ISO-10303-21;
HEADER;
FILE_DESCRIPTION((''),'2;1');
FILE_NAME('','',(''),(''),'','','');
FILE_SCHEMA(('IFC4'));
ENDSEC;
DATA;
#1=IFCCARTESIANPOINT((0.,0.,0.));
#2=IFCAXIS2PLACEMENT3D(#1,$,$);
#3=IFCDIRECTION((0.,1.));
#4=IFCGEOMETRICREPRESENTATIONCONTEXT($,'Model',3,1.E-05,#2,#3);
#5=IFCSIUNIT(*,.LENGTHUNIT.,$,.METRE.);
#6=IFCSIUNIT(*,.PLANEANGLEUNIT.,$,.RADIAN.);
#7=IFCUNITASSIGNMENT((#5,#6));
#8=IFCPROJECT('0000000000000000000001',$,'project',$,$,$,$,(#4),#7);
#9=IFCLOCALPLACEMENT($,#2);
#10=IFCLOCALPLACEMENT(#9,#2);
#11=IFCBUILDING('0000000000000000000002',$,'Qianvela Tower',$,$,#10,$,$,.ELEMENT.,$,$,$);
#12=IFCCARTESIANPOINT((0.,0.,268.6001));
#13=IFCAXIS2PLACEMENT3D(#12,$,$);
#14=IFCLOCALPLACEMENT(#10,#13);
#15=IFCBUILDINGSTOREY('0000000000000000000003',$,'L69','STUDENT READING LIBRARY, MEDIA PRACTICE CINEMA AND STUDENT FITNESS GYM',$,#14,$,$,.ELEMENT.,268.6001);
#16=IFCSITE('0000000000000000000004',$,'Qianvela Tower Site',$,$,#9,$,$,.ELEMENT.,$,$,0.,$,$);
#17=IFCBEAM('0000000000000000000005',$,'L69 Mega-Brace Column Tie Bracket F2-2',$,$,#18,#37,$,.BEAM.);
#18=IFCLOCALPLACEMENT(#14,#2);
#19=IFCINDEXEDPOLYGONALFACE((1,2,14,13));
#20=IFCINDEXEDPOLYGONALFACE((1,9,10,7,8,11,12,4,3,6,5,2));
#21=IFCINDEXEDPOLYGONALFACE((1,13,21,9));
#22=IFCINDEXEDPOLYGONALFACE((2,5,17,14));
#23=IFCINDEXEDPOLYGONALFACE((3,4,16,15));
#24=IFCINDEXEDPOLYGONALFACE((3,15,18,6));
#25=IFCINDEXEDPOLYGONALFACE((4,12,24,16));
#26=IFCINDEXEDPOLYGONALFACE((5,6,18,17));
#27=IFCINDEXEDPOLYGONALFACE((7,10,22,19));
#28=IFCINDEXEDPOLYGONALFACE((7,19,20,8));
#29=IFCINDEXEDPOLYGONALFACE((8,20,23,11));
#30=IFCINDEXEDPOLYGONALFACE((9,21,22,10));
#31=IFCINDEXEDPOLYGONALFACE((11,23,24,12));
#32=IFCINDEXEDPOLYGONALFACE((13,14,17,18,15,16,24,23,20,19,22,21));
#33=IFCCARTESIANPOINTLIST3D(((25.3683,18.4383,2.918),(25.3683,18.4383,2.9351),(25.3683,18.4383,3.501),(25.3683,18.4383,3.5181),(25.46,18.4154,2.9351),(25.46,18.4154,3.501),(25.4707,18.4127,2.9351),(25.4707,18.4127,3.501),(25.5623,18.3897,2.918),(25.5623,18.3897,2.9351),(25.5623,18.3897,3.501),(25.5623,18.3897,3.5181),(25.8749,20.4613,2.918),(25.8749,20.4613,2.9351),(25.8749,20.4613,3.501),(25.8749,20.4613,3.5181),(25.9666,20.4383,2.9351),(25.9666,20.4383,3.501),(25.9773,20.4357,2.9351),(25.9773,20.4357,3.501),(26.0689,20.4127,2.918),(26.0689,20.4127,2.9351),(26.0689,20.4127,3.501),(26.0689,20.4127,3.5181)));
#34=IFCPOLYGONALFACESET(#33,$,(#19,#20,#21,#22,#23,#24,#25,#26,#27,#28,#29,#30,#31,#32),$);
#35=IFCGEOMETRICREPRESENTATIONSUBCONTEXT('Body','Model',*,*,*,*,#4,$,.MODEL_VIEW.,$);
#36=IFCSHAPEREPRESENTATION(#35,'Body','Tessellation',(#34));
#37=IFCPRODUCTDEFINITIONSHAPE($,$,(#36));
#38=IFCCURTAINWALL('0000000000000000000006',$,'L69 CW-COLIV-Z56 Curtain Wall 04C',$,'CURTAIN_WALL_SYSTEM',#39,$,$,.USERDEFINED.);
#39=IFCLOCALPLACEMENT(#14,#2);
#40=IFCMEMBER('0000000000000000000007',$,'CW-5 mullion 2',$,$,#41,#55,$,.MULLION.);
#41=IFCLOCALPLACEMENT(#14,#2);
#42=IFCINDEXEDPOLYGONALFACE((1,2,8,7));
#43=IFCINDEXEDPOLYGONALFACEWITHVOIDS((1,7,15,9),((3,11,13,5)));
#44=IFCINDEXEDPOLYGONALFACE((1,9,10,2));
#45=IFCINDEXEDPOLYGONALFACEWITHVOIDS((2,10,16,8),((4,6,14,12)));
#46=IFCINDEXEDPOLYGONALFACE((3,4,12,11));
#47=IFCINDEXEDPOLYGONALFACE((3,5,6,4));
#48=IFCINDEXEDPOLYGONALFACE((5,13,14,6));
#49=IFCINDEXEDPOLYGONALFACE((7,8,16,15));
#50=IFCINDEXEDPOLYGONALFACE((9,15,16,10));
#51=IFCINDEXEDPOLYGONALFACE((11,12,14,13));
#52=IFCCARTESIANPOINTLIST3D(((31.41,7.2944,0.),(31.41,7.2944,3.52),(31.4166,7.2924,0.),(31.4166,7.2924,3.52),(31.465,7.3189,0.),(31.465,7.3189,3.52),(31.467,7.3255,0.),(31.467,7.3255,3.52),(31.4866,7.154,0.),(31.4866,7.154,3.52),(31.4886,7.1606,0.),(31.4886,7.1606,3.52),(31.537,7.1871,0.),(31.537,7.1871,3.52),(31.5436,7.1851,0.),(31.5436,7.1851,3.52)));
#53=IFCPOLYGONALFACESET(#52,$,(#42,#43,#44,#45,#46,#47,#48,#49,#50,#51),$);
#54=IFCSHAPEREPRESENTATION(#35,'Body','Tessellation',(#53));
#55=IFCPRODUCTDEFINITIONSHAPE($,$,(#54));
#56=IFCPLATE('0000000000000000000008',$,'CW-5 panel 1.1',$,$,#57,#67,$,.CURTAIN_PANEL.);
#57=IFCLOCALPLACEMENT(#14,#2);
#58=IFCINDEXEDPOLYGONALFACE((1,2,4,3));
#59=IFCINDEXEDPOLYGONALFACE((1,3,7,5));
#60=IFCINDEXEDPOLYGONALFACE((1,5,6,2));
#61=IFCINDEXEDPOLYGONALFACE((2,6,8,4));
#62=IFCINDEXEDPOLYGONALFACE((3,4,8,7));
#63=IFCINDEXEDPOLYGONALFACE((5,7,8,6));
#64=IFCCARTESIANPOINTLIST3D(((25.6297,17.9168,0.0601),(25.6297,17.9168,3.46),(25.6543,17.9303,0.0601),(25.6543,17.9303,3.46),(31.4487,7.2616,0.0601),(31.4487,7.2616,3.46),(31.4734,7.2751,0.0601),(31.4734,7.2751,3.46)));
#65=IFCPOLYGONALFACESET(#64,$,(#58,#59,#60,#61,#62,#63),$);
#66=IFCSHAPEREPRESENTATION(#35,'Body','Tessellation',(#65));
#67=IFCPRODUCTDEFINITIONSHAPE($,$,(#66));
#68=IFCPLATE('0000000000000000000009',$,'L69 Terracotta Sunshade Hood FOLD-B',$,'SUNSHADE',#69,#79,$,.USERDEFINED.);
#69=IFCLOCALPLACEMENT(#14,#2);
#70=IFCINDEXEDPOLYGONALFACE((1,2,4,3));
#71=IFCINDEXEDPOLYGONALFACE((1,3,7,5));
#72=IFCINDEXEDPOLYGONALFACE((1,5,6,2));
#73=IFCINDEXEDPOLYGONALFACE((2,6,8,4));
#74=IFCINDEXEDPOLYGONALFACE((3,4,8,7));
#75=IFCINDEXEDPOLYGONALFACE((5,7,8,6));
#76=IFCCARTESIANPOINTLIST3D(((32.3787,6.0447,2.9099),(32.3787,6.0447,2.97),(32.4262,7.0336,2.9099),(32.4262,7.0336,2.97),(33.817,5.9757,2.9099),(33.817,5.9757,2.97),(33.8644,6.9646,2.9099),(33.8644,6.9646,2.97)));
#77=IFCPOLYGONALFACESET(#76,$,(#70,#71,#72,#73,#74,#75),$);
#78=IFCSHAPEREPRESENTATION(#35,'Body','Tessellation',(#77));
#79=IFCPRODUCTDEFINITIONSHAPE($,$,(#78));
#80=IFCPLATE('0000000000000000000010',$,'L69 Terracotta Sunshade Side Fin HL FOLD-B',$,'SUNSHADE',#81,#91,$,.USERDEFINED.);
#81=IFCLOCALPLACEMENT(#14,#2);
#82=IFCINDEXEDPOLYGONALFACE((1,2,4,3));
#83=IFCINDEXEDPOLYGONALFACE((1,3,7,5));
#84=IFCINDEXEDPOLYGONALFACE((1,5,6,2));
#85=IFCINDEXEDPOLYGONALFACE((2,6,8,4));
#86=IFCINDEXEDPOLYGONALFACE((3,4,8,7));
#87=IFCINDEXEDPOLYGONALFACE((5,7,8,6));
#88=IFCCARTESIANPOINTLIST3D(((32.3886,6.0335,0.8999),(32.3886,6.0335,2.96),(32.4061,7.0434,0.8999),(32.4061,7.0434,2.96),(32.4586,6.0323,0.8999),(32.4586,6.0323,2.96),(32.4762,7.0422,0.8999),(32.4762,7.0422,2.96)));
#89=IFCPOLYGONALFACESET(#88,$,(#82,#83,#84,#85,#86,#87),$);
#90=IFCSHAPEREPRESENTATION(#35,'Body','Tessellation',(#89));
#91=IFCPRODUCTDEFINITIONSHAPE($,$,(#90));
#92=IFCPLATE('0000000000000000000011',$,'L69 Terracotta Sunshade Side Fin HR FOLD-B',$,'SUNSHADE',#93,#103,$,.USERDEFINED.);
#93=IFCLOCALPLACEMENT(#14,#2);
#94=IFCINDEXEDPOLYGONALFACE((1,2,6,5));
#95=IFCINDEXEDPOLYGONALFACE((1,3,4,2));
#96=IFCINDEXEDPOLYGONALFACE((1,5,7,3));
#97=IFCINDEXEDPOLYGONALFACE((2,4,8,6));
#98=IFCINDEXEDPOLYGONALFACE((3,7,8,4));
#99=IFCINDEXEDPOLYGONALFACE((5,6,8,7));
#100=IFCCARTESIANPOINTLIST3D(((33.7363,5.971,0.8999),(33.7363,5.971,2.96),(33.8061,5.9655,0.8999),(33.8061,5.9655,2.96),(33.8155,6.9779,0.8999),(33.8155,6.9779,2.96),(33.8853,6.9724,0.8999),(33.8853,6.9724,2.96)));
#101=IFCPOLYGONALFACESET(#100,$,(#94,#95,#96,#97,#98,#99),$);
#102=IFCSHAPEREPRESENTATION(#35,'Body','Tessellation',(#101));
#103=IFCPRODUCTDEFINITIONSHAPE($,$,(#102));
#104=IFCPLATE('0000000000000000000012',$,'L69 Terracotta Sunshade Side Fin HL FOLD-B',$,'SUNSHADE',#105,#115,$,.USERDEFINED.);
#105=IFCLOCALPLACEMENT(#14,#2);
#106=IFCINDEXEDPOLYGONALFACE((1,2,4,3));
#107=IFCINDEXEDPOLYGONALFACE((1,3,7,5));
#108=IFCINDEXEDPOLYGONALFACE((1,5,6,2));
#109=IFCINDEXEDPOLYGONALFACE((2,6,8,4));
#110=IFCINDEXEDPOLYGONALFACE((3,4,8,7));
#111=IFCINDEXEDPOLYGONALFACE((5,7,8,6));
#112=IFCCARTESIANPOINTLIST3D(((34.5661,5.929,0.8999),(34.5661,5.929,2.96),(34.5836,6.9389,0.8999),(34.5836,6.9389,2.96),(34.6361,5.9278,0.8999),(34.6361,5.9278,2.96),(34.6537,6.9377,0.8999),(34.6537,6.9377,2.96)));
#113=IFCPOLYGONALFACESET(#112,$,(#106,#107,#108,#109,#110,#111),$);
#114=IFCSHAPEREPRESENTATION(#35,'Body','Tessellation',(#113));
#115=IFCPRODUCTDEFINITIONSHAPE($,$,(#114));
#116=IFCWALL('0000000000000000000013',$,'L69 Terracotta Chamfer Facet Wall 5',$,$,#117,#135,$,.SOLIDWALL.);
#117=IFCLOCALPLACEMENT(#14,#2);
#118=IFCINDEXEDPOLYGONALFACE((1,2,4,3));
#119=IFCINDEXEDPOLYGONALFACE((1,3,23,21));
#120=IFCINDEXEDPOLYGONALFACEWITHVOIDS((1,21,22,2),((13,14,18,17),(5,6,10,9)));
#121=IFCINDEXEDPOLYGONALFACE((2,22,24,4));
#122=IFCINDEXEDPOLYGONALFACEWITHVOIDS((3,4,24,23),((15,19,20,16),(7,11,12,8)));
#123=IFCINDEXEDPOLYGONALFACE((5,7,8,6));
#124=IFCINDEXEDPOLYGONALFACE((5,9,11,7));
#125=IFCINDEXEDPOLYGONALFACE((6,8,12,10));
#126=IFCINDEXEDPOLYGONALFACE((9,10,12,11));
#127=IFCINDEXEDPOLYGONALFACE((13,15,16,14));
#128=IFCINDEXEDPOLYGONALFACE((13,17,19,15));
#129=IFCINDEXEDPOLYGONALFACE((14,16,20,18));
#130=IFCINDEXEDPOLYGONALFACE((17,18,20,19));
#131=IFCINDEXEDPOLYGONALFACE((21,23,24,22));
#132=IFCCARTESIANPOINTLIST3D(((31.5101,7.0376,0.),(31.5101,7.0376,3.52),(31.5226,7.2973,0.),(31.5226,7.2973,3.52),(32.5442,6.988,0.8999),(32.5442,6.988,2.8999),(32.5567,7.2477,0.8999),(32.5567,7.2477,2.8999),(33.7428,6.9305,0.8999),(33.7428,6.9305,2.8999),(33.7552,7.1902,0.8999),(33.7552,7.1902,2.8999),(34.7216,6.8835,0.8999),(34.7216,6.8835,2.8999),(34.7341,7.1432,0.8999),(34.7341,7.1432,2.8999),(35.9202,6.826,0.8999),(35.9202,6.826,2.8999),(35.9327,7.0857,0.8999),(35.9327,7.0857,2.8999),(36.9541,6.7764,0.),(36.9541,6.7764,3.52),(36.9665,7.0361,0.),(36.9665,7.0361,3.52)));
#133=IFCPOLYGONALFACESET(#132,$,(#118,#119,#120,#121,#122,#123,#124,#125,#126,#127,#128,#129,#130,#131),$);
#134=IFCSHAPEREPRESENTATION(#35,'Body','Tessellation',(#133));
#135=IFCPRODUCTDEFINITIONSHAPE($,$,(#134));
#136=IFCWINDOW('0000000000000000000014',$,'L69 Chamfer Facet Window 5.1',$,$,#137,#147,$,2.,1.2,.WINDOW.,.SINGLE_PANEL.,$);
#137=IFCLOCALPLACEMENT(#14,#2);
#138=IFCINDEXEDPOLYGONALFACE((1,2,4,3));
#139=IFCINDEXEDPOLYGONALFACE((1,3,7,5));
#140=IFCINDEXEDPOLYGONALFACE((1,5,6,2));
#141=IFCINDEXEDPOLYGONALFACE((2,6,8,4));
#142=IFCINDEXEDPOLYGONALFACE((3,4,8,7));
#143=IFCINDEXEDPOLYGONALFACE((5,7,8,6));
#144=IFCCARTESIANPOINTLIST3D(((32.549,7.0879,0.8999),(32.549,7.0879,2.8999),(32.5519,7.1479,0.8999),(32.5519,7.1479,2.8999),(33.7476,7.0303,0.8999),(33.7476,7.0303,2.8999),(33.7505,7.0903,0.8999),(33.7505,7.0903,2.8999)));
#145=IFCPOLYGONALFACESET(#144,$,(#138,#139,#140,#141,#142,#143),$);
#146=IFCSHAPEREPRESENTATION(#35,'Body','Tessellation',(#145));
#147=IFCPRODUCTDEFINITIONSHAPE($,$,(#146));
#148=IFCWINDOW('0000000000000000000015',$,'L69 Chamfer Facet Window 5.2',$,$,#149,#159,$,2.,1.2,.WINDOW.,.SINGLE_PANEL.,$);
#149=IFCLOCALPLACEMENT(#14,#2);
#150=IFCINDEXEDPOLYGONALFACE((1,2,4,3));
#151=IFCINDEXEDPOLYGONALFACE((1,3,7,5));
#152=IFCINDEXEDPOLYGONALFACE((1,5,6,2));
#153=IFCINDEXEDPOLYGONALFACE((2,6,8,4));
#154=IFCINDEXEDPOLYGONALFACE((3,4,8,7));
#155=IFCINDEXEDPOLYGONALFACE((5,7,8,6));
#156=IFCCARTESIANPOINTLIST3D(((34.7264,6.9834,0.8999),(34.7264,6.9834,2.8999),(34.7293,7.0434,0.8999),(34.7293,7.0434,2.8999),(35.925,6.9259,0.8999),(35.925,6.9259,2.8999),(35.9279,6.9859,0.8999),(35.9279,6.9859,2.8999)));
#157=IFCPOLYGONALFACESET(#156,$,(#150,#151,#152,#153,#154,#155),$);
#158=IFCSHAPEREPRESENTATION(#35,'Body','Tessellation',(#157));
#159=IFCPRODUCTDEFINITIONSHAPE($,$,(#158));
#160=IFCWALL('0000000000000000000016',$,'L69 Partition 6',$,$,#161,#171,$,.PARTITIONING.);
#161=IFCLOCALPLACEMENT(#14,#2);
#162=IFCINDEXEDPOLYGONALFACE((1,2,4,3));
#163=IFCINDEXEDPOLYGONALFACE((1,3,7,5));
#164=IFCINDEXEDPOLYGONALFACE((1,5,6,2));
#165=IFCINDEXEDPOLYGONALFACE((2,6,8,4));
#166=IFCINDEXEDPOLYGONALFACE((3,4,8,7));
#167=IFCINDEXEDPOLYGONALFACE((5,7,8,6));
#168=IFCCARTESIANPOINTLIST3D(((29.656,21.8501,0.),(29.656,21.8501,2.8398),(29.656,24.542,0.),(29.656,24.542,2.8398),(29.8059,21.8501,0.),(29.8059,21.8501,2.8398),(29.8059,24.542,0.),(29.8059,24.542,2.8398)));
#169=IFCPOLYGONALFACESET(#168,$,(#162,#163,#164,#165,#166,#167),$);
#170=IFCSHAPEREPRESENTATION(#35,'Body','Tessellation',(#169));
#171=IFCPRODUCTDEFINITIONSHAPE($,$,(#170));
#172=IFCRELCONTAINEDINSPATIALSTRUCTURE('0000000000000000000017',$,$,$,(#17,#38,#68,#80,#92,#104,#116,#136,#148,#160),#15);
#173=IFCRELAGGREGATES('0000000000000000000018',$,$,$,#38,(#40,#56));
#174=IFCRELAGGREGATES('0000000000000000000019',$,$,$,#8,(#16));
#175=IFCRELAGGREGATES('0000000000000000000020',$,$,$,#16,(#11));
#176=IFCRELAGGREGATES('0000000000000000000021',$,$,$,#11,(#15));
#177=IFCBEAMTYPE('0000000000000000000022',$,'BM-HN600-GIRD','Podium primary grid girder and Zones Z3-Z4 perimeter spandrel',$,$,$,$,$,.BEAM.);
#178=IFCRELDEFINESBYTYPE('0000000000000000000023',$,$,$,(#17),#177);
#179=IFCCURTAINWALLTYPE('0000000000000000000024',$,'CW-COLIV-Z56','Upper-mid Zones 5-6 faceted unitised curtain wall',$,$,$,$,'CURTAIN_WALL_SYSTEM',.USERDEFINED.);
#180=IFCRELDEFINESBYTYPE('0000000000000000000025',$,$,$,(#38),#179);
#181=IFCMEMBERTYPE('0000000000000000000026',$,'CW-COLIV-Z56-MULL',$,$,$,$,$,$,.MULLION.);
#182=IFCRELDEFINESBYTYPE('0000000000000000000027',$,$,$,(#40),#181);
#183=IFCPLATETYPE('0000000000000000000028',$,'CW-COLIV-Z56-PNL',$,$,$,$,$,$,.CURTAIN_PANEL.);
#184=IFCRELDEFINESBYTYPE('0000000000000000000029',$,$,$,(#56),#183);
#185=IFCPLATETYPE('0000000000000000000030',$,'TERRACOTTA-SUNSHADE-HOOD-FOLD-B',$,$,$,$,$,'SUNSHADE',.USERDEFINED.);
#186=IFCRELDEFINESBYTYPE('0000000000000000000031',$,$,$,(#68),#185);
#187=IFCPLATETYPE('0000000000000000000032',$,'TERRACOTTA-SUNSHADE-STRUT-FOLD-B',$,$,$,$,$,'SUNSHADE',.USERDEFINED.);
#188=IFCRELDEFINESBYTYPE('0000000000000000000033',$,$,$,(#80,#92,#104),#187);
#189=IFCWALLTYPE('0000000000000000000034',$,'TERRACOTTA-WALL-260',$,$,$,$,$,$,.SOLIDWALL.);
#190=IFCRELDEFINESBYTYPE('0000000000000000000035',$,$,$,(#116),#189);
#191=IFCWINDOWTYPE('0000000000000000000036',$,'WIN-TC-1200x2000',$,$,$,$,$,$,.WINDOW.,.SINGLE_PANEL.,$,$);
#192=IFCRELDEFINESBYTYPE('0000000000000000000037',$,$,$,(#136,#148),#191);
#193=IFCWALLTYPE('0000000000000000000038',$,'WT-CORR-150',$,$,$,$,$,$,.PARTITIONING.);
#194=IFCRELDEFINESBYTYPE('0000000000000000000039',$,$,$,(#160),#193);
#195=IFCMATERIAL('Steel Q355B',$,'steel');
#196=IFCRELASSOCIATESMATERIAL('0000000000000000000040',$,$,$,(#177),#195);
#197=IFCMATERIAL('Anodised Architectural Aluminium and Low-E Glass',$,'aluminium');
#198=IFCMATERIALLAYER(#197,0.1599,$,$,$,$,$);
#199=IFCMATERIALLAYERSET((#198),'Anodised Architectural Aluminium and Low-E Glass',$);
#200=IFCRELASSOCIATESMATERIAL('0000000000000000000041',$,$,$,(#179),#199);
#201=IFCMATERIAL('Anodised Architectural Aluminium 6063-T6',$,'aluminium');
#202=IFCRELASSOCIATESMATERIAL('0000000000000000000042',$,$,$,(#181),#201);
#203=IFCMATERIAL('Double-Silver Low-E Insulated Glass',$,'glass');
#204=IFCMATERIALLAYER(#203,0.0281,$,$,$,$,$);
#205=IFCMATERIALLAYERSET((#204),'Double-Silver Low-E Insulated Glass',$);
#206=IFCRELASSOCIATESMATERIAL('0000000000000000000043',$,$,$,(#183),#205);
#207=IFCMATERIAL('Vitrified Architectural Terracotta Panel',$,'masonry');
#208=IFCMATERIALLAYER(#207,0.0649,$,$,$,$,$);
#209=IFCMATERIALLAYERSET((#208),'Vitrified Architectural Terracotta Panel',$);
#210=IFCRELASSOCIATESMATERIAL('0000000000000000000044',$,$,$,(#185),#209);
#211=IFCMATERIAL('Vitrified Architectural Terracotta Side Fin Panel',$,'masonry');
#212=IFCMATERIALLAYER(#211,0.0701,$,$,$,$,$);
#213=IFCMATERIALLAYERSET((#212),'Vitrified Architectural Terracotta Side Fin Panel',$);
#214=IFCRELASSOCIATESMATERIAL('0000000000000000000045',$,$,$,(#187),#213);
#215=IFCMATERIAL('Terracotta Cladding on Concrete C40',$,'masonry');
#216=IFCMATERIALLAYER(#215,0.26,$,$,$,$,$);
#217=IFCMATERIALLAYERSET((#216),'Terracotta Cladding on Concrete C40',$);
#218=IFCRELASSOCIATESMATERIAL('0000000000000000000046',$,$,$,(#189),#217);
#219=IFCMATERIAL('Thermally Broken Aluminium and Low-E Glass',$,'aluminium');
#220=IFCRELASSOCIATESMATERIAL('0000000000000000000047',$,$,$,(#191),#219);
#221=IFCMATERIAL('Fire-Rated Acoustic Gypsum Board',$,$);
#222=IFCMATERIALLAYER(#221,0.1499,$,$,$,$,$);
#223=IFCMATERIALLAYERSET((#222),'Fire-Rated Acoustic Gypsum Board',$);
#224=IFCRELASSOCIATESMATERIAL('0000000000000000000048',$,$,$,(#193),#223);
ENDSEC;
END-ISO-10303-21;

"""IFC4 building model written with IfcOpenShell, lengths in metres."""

from ifc_helpers import new_model, si_unit, direction, frame, frame_2d, origin, origin_2d, place, context, subcontext, project, spatial, rectangle, hollow_rectangle, i_section, extrude, material, layer, layer_set, material_profile, profile_set, type_object, element, fill, aggregate, save


model = new_model("IFC4")

# Units and contexts
model_context = context("Model", 3, precision=1e-05, world=origin(), true_north=direction((0.0, 1.0)))
body_context = subcontext(model_context, "Body", "Model", "MODEL_VIEW")
ifc_project = project(units=[si_unit("LENGTHUNIT", "METRE"), si_unit("PLANEANGLEUNIT", "RADIAN")], contexts=[model_context])

# Site, building, storey
site_placement = place(None, origin())
site = spatial("IfcSite", under=ifc_project, at=site_placement, Name="Qianvela Tower Site", CompositionType="ELEMENT", RefElevation=0.0)
building_placement = place(site_placement, origin())
building = spatial("IfcBuilding", under=site, at=building_placement, Name="Qianvela Tower", CompositionType="ELEMENT")
storey_placement = place(building_placement, frame((0.0, 0.0, 268.6001)))
storey = spatial("IfcBuildingStorey", under=building, at=storey_placement, Name="L69", Description="STUDENT READING LIBRARY, MEDIA PRACTICE CINEMA AND STUDENT FITNESS GYM", CompositionType="ELEMENT", Elevation=268.6001)

# Beam
ifc_material_1 = material(Name="Steel Q355B", Category="steel")
ifc_material_profile_1 = material_profile(ifc_material_1, i_section(OverallWidth=0.2, OverallDepth=0.6001, WebThickness=0.011, FlangeThickness=0.0171, at=origin_2d()), Name="HN600x200x11x17")
ifc_profile_set_1 = profile_set([ifc_material_profile_1], Name="Steel Q355B")
beam_type_1 = type_object("IfcBeamType", Name="BM-HN600-GIRD", Description="Podium primary grid girder and Zones Z3-Z4 perimeter spandrel", PredefinedType="BEAM", material=ifc_profile_set_1)
beam_1_placement = place(storey_placement, frame((25.9719, 20.437, 3.218), z_axis=(-0.242921, -0.970046, 0.0), x_axis=(0.970046, -0.242921, 0.0)))
element("IfcBeam", 1, at=beam_1_placement, inside=storey, type_object=beam_type_1, Name="L69 Mega-Brace Column Tie Bracket F2-2", PredefinedType="BEAM", context=body_context, shape_type="SweptSolid", body=[
    extrude(i_section(OverallWidth=0.2, OverallDepth=0.6001, WebThickness=0.011, FlangeThickness=0.0171, at=origin_2d()), origin(), (0.0, 0.0, 1.0), 2.0854),
])

# Curtain wall, member, plate
ifc_material_2 = material(Name="Anodised Architectural Aluminium and Low-E Glass", Category="aluminium")
ifc_layer_1 = layer(ifc_material_2, 0.1599)
ifc_layer_set_1 = layer_set([ifc_layer_1], Name="Anodised Architectural Aluminium and Low-E Glass")
curtain_wall_type = type_object("IfcCurtainWallType", Name="CW-COLIV-Z56", Description="Upper-mid Zones 5-6 faceted unitised curtain wall", ElementType="CURTAIN_WALL_SYSTEM", PredefinedType="USERDEFINED", material=ifc_layer_set_1)
curtain_wall_placement = place(storey_placement, origin())
curtain_wall = element("IfcCurtainWall", 2, at=curtain_wall_placement, inside=storey, type_object=curtain_wall_type, Name="L69 CW-COLIV-Z56 Curtain Wall 04C", ObjectType="CURTAIN_WALL_SYSTEM", PredefinedType="USERDEFINED")
ifc_material_3 = material(Name="Anodised Architectural Aluminium 6063-T6", Category="aluminium")
ifc_material_profile_2 = material_profile(ifc_material_3, hollow_rectangle(XDim=0.0649, YDim=0.1599, WallThickness=0.0049, at=origin_2d()), Name="ALU-MULL-65x160")
ifc_profile_set_2 = profile_set([ifc_material_profile_2], Name="Anodised Architectural Aluminium 6063-T6")
member_type = type_object("IfcMemberType", Name="CW-COLIV-Z56-MULL", PredefinedType="MULLION", material=ifc_profile_set_2)
member_placement = place(storey_placement, frame((31.4768, 7.2397, 0.0), z_axis=(0.0, 0.0, 1.0), x_axis=(0.877649, 0.479303, 0.0)))
member = element("IfcMember", 3, at=member_placement, type_object=member_type, Name="CW-5 mullion 2", PredefinedType="MULLION", context=body_context, shape_type="SweptSolid", body=[
    extrude(hollow_rectangle(XDim=0.0649, YDim=0.1599, WallThickness=0.0049, at=origin_2d()), origin(), (0.0, 0.0, 1.0), 3.52),
])
ifc_material_4 = material(Name="Double-Silver Low-E Insulated Glass", Category="glass")
ifc_layer_2 = layer(ifc_material_4, 0.0281)
ifc_layer_set_2 = layer_set([ifc_layer_2], Name="Double-Silver Low-E Insulated Glass")
plate_type_1 = type_object("IfcPlateType", Name="CW-COLIV-Z56-PNL", PredefinedType="CURTAIN_PANEL", material=ifc_layer_set_2)
plate_1_placement = place(storey_placement, frame((28.5515, 12.5959, 0.0601), z_axis=(0.0, 0.0, 1.0), x_axis=(0.479303, -0.877649, 0.0)))
plate_1 = element("IfcPlate", 4, at=plate_1_placement, type_object=plate_type_1, Name="CW-5 panel 1.1", PredefinedType="CURTAIN_PANEL", context=body_context, shape_type="SweptSolid", body=[
    extrude(rectangle(XDim=12.1406, YDim=0.0281, at=origin_2d()), origin(), (0.0, 0.0, 1.0), 3.3999),
])
aggregate(curtain_wall, [member, plate_1])

# Plates
ifc_material_5 = material(Name="Vitrified Architectural Terracotta Panel", Category="masonry")
ifc_layer_3 = layer(ifc_material_5, 0.0649)
ifc_layer_set_3 = layer_set([ifc_layer_3], Name="Vitrified Architectural Terracotta Panel")
plate_type_2 = type_object("IfcPlateType", Name="TERRACOTTA-SUNSHADE-HOOD-FOLD-B", ElementType="SUNSHADE", PredefinedType="USERDEFINED", material=ifc_layer_set_3)
plate_2_placement = place(storey_placement, frame((33.1216, 6.5046, 2.9099), z_axis=(0.0, 0.0, 1.0), x_axis=(0.998852, -0.047907, 0.0)))
element("IfcPlate", 5, at=plate_2_placement, inside=storey, type_object=plate_type_2, Name="L69 Terracotta Sunshade Hood FOLD-B", ObjectType="SUNSHADE", PredefinedType="USERDEFINED", context=body_context, shape_type="SweptSolid", body=[
    extrude(rectangle(XDim=1.4399, YDim=0.99, at=origin_2d()), origin(), (0.0, 0.0, 1.0), 0.0601),
])
ifc_material_6 = material(Name="Vitrified Architectural Terracotta Side Fin Panel", Category="masonry")
ifc_layer_4 = layer(ifc_material_6, 0.0701)
ifc_layer_set_4 = layer_set([ifc_layer_4], Name="Vitrified Architectural Terracotta Side Fin Panel")
plate_type_3 = type_object("IfcPlateType", Name="TERRACOTTA-SUNSHADE-STRUT-FOLD-B", ElementType="SUNSHADE", PredefinedType="USERDEFINED", material=ifc_layer_set_4)
for number, where, z_axis, x_axis, name in (
    (6, (32.4324, 6.5378, 0.8999), (0.0, 0.0, 1.0), (0.999849, -0.017381, 0.0), "L69 Terracotta Sunshade Side Fin HL FOLD-B"),
    (7, (33.8108, 6.4717, 0.8999), (0.0, 0.0, 1.0), (0.996923, -0.078388, 0.0), "L69 Terracotta Sunshade Side Fin HR FOLD-B"),
    (8, (34.6099, 6.4333, 0.8999), (0.0, 0.0, 1.0), (0.999849, -0.017381, 0.0), "L69 Terracotta Sunshade Side Fin HL FOLD-B"),
):
    element("IfcPlate", number, at=place(storey_placement, frame(where, z_axis=z_axis, x_axis=x_axis)), inside=storey, type_object=plate_type_3, Name=name, ObjectType="SUNSHADE", PredefinedType="USERDEFINED", context=body_context, shape_type="SweptSolid", body=[
        extrude(rectangle(XDim=0.0701, YDim=1.01, at=origin_2d()), origin(), (0.0, 0.0, 1.0), 2.0601),
    ])

# Wall, openings, windows
ifc_material_7 = material(Name="Terracotta Cladding on Concrete C40", Category="masonry")
ifc_layer_5 = layer(ifc_material_7, 0.26)
ifc_layer_set_5 = layer_set([ifc_layer_5], Name="Terracotta Cladding on Concrete C40")
wall_type_1 = type_object("IfcWallType", Name="TERRACOTTA-WALL-260", PredefinedType="SOLIDWALL", material=ifc_layer_set_5)
wall_1_placement = place(storey_placement, frame((31.5164, 7.1675, 0.0), z_axis=(0.0, 0.0, 1.0), x_axis=(0.998851, -0.047931, 0.0)))
wall_1 = element("IfcWall", 9, at=wall_1_placement, inside=storey, type_object=wall_type_1, Name="L69 Terracotta Chamfer Facet Wall 5", PredefinedType="SOLIDWALL", context=body_context, shape_type="SweptSolid", body=[
    extrude(rectangle(XDim=5.4502, YDim=0.26, at=frame_2d((2.7251, 0.0))), origin(), (0.0, 0.0, 1.0), 3.52),
])
opening_1_placement = place(wall_1_placement, frame((1.0352, 0.0, 0.8999)))
opening_1 = element("IfcOpeningElement", 10, at=opening_1_placement, cuts=wall_1, PredefinedType="OPENING", context=body_context, shape_type="SweptSolid", body=[
    extrude(rectangle(XDim=1.2, YDim=2.0, at=frame_2d((0.6001, 1.0))), frame((0.0, 0.1399, 0.0), z_axis=(0.0, -1.0, 0.0), x_axis=(1.0, 0.0, 0.0)), (0.0, 0.0, 1.0), 0.28),
])
opening_2_placement = place(wall_1_placement, frame((3.2151, 0.0, 0.8999)))
opening_2 = element("IfcOpeningElement", 11, at=opening_2_placement, cuts=wall_1, PredefinedType="OPENING", context=body_context, shape_type="SweptSolid", body=[
    extrude(rectangle(XDim=1.2, YDim=2.0, at=frame_2d((0.6001, 1.0))), frame((0.0, 0.1399, 0.0), z_axis=(0.0, -1.0, 0.0), x_axis=(1.0, 0.0, 0.0)), (0.0, 0.0, 1.0), 0.28),
])
ifc_material_8 = material(Name="Thermally Broken Aluminium and Low-E Glass", Category="aluminium")
window_type = type_object("IfcWindowType", Name="WIN-TC-1200x2000", PartitioningType="SINGLE_PANEL", PredefinedType="WINDOW", material=ifc_material_8)
window_1_placement = place(opening_1_placement, origin())
window_1 = element("IfcWindow", 12, at=window_1_placement, inside=storey, type_object=window_type, Name="L69 Chamfer Facet Window 5.1", OverallHeight=2.0, OverallWidth=1.2, PartitioningType="SINGLE_PANEL", PredefinedType="WINDOW", context=body_context, shape_type="SweptSolid", body=[
    extrude(rectangle(XDim=1.2, YDim=2.0, at=frame_2d((0.6001, 1.0))), frame((0.0, 0.03, 0.0), z_axis=(0.0, -1.0, 0.0), x_axis=(1.0, 0.0, 0.0)), (0.0, 0.0, 1.0), 0.0601),
])
fill(opening_1, window_1)
window_2_placement = place(opening_2_placement, origin())
window_2 = element("IfcWindow", 13, at=window_2_placement, inside=storey, type_object=window_type, Name="L69 Chamfer Facet Window 5.2", OverallHeight=2.0, OverallWidth=1.2, PartitioningType="SINGLE_PANEL", PredefinedType="WINDOW", context=body_context, shape_type="SweptSolid", body=[
    extrude(rectangle(XDim=1.2, YDim=2.0, at=frame_2d((0.6001, 1.0))), frame((0.0, 0.03, 0.0), z_axis=(0.0, -1.0, 0.0), x_axis=(1.0, 0.0, 0.0)), (0.0, 0.0, 1.0), 0.0601),
])
fill(opening_2, window_2)

# Shared definitions
ifc_material_9 = material(Name="Fire-Rated Acoustic Gypsum Board")
ifc_layer_6 = layer(ifc_material_9, 0.1499)
ifc_layer_set_6 = layer_set([ifc_layer_6], Name="Fire-Rated Acoustic Gypsum Board")
wall_type_2 = type_object("IfcWallType", Name="WT-CORR-150", PredefinedType="PARTITIONING", material=ifc_layer_set_6)

# Wall
wall_2_placement = place(storey_placement, frame((29.731, 21.8501, 0.0), z_axis=(0.0, 0.0, 1.0), x_axis=(0.0, 1.0, 0.0)))
element("IfcWall", 14, at=wall_2_placement, inside=storey, type_object=wall_type_2, Name="L69 Partition 6", PredefinedType="PARTITIONING", context=body_context, shape_type="SweptSolid", body=[
    extrude(rectangle(XDim=2.6919, YDim=0.1499, at=frame_2d((1.3459, 0.0))), origin(), (0.0, 0.0, 1.0), 2.8398),
])

save(model, "model.ifc")
